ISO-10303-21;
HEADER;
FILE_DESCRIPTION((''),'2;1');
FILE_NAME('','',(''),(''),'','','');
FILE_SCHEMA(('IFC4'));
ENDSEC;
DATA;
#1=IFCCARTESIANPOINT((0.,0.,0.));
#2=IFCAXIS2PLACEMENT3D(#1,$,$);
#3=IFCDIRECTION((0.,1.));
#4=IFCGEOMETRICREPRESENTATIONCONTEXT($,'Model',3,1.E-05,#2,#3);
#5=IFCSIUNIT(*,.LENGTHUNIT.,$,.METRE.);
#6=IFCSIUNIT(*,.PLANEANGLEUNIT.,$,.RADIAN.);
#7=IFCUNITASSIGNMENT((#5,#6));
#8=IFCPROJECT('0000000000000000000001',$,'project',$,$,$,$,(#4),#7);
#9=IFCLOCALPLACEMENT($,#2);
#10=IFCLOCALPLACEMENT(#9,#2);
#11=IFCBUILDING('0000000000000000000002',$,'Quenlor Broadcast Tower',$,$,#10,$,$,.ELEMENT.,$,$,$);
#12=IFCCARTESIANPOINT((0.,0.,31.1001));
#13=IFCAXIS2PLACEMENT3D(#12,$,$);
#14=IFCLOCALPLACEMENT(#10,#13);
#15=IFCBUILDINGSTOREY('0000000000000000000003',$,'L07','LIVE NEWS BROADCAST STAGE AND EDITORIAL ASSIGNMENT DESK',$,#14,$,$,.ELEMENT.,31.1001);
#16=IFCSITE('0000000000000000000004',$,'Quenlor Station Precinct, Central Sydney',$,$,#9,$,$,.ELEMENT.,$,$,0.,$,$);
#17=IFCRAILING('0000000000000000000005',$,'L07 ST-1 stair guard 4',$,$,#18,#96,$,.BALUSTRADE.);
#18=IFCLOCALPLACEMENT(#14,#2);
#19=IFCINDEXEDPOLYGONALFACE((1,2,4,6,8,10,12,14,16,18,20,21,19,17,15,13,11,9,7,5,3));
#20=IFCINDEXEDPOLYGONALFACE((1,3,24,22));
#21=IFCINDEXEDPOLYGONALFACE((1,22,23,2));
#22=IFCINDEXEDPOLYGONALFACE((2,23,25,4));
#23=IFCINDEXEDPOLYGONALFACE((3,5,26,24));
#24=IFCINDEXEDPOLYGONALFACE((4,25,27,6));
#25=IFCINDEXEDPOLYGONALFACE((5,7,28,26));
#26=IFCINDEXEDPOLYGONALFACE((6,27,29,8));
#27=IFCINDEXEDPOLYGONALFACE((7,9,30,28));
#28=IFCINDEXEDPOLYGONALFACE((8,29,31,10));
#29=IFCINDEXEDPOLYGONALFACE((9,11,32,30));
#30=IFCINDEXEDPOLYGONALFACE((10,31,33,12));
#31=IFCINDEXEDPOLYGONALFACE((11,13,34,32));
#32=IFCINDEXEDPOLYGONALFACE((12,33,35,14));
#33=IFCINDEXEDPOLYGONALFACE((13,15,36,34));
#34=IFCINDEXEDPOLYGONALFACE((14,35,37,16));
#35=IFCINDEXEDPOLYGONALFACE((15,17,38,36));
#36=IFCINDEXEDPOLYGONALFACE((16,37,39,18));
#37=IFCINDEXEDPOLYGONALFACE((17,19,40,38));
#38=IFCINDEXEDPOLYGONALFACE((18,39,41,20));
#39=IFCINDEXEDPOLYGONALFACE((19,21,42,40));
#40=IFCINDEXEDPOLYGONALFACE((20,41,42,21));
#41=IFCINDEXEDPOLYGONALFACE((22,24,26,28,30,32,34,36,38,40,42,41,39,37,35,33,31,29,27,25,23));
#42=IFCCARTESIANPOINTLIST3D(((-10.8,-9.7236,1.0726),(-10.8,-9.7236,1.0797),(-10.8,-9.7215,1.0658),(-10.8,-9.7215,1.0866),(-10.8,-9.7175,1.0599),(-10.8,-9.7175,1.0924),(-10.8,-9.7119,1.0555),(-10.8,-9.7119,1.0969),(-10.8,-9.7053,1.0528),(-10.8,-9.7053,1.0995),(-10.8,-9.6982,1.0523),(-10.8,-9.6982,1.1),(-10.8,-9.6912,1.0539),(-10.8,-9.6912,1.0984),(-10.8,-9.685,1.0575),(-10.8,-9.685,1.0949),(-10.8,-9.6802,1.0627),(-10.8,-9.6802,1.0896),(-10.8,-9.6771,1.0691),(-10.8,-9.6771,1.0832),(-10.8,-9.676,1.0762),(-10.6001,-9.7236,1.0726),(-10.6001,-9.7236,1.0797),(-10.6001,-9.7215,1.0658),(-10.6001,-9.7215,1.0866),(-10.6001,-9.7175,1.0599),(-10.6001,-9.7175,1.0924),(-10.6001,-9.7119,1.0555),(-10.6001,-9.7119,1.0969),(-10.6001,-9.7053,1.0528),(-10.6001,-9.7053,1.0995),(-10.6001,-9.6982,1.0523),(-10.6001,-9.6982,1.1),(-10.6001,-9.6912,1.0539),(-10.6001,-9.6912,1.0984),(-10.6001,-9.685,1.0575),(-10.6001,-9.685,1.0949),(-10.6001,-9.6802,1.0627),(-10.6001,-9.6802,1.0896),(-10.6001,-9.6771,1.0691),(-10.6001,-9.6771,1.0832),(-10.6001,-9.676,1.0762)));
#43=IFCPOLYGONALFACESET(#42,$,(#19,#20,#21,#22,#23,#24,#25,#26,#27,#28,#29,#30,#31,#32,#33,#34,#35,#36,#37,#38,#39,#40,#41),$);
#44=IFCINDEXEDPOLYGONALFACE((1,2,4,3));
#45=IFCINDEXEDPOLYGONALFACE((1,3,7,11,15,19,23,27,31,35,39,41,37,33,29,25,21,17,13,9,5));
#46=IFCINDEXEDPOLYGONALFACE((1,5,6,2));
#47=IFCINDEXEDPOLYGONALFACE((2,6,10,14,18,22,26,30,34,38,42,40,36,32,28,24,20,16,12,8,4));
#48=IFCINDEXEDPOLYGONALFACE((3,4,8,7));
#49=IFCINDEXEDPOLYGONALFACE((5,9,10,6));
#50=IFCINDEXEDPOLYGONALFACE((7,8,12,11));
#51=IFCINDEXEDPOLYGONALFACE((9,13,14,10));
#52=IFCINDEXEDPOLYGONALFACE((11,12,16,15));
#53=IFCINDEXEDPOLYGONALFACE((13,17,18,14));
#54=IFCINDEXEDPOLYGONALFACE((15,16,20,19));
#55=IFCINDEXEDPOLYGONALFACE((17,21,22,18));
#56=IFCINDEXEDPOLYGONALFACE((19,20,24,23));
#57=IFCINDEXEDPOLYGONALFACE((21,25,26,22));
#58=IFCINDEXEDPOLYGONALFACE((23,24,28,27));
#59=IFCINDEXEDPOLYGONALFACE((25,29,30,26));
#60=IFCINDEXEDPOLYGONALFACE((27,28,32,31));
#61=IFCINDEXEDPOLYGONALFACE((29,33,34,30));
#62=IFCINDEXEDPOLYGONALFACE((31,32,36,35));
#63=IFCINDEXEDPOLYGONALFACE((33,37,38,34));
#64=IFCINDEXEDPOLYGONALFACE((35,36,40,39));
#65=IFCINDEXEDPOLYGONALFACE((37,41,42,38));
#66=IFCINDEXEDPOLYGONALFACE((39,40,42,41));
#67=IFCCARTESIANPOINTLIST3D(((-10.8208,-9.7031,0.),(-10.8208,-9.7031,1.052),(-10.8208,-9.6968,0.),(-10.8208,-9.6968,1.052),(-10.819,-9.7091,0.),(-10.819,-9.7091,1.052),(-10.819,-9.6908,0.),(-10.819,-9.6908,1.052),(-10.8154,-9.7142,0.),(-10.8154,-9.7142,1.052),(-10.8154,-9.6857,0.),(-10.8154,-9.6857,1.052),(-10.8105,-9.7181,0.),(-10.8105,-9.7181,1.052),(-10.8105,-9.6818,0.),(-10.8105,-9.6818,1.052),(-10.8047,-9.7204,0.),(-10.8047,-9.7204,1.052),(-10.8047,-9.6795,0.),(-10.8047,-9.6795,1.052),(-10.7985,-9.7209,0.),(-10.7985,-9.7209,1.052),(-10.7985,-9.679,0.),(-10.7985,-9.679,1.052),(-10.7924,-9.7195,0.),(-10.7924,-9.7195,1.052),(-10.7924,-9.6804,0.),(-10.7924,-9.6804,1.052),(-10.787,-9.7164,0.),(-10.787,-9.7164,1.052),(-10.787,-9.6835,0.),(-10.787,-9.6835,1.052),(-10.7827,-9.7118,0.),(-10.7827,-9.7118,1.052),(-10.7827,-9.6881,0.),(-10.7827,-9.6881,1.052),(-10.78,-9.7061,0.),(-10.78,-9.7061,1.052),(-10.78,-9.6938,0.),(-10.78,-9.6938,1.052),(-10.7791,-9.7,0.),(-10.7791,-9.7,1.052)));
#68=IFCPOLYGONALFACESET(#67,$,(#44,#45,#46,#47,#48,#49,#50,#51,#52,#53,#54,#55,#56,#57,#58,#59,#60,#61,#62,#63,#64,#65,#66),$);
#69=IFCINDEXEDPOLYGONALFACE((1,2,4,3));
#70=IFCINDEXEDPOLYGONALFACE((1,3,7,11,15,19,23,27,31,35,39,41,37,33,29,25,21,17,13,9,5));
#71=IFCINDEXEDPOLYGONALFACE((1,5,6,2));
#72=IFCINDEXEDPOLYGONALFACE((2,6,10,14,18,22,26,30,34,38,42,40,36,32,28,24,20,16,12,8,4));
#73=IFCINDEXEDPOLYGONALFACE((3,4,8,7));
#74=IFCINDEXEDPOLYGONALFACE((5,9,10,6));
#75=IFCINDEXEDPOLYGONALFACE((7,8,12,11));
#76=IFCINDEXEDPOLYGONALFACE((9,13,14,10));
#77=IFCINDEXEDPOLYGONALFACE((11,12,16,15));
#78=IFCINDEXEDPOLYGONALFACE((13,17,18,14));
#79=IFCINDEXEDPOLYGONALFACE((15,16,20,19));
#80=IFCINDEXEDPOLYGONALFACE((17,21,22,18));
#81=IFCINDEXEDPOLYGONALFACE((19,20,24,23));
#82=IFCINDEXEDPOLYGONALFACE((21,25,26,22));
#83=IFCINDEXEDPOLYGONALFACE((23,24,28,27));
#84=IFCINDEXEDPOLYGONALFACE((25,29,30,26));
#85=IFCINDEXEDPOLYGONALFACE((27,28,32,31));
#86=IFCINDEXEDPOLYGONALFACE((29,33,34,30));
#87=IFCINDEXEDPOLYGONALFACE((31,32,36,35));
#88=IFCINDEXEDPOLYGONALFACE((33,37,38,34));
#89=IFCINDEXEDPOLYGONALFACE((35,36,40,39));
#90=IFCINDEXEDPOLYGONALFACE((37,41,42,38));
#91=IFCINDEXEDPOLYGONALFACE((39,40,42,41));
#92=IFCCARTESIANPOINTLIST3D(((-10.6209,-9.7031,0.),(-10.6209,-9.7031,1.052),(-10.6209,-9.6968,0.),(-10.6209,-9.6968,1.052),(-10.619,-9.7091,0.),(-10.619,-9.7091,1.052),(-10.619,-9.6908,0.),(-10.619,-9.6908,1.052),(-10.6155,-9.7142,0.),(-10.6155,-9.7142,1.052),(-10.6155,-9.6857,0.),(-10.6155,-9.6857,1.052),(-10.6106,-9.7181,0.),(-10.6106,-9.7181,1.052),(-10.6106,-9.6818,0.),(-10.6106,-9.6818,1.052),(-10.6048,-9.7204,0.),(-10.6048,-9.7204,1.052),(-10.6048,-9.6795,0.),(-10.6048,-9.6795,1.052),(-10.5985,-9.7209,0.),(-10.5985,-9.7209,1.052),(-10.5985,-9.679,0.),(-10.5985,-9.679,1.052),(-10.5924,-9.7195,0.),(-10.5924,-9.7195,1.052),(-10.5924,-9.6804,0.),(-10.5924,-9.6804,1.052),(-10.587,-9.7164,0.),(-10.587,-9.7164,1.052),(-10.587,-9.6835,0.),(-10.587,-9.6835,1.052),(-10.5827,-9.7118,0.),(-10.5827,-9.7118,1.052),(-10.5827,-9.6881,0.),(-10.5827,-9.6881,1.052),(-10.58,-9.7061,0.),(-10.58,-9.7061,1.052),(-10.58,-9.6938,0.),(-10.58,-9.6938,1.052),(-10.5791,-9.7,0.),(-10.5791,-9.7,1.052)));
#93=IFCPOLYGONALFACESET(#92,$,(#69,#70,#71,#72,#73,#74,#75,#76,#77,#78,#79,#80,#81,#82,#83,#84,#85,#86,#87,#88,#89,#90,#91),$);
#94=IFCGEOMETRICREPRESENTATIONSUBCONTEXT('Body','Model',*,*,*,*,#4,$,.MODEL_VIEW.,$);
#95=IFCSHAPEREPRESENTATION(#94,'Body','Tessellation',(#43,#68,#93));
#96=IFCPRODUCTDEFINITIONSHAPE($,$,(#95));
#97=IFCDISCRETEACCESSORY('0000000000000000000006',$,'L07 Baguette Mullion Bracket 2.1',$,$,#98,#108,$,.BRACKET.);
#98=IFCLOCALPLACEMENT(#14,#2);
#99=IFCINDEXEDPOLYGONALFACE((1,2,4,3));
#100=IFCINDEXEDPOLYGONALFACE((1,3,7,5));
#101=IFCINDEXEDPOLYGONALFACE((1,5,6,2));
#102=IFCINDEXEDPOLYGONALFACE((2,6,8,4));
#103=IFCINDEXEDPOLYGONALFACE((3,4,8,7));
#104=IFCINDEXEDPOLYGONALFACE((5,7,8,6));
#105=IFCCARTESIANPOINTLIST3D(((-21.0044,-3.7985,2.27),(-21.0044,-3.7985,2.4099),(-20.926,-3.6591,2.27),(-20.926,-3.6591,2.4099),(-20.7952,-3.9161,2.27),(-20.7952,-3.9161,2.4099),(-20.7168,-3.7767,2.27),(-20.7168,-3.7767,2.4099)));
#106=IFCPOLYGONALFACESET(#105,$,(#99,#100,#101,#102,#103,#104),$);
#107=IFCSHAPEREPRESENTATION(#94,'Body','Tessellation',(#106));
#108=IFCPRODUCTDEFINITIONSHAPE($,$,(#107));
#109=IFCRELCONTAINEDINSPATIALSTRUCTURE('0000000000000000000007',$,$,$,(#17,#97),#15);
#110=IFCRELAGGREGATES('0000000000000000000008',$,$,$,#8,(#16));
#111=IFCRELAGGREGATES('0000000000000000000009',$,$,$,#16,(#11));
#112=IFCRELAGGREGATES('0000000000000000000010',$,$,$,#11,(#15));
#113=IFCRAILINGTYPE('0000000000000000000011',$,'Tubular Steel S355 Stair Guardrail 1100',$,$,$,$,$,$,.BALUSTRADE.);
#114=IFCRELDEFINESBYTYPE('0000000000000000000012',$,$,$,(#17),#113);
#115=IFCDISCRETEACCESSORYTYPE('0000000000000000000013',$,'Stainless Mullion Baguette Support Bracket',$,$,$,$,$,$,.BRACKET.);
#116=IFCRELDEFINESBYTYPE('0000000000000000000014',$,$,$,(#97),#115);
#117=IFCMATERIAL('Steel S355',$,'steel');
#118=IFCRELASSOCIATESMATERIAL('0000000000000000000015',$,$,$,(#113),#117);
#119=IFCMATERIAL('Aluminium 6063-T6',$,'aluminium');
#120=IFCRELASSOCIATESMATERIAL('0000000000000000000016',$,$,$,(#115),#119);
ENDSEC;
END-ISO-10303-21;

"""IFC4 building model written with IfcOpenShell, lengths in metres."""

from ifc_helpers import new_model, si_unit, direction, frame, origin, origin_2d, place, context, subcontext, project, spatial, rectangle, circle, extrude, material, type_object, element, save


model = new_model("IFC4")

# Units and contexts
model_context = context("Model", 3, precision=1e-05, world=origin(), true_north=direction((0.0, 1.0)))
body_context = subcontext(model_context, "Body", "Model", "MODEL_VIEW")
ifc_project = project(units=[si_unit("LENGTHUNIT", "METRE"), si_unit("PLANEANGLEUNIT", "RADIAN")], contexts=[model_context])

# Site, building, storey
site_placement = place(None, origin())
site = spatial("IfcSite", under=ifc_project, at=site_placement, Name="Quenlor Station Precinct, Central Sydney", CompositionType="ELEMENT", RefElevation=0.0)
building_placement = place(site_placement, origin())
building = spatial("IfcBuilding", under=site, at=building_placement, Name="Quenlor Broadcast Tower", CompositionType="ELEMENT")
storey_placement = place(building_placement, frame((0.0, 0.0, 31.1001)))
storey = spatial("IfcBuildingStorey", under=building, at=storey_placement, Name="L07", Description="LIVE NEWS BROADCAST STAGE AND EDITORIAL ASSIGNMENT DESK", CompositionType="ELEMENT", Elevation=31.1001)

# Railing
ifc_material_1 = material(Name="Steel S355", Category="steel")
railing_type_1 = type_object("IfcRailingType", Name="Tubular Steel S355 Stair Guardrail 1100", PredefinedType="BALUSTRADE", material=ifc_material_1)
railing_1_placement = place(storey_placement, frame((-10.8, -9.7, 0.0)))
element("IfcRailing", 1, at=railing_1_placement, inside=storey, type_object=railing_type_1, Name="L07 ST-1 stair guard 4", PredefinedType="BALUSTRADE", context=body_context, shape_type="SweptSolid", body=[
    extrude(circle(Radius=0.0239, at=origin_2d()), frame((0.0, 0.0, 1.0762), z_axis=(1.0, 0.0, 0.0), x_axis=(0.0, 1.0, 0.0)), (0.0, 0.0, 1.0), 0.2),
    extrude(circle(Radius=0.021, at=origin_2d()), origin(), (0.0, 0.0, 1.0), 1.052),
    extrude(circle(Radius=0.021, at=origin_2d()), frame((0.2, 0.0, 0.0)), (0.0, 0.0, 1.0), 1.052),
])

# Discrete accessory
ifc_material_2 = material(Name="Aluminium 6063-T6", Category="aluminium")
discrete_accessory_type = type_object("IfcDiscreteAccessoryType", Name="Stainless Mullion Baguette Support Bracket", PredefinedType="BRACKET", material=ifc_material_2)
discrete_accessory_placement = place(storey_placement, frame((-20.8606, -3.7876, 2.27), z_axis=(0.0, 0.0, 1.0), x_axis=(0.490257, 0.871578, 0.0)))
element("IfcDiscreteAccessory", 2, at=discrete_accessory_placement, inside=storey, type_object=discrete_accessory_type, Name="L07 Baguette Mullion Bracket 2.1", PredefinedType="BRACKET", context=body_context, shape_type="SweptSolid", body=[
    extrude(rectangle(XDim=0.1599, YDim=0.24, at=origin_2d()), origin(), (0.0, 0.0, 1.0), 0.1399),
])

save(model, "model.ifc")
